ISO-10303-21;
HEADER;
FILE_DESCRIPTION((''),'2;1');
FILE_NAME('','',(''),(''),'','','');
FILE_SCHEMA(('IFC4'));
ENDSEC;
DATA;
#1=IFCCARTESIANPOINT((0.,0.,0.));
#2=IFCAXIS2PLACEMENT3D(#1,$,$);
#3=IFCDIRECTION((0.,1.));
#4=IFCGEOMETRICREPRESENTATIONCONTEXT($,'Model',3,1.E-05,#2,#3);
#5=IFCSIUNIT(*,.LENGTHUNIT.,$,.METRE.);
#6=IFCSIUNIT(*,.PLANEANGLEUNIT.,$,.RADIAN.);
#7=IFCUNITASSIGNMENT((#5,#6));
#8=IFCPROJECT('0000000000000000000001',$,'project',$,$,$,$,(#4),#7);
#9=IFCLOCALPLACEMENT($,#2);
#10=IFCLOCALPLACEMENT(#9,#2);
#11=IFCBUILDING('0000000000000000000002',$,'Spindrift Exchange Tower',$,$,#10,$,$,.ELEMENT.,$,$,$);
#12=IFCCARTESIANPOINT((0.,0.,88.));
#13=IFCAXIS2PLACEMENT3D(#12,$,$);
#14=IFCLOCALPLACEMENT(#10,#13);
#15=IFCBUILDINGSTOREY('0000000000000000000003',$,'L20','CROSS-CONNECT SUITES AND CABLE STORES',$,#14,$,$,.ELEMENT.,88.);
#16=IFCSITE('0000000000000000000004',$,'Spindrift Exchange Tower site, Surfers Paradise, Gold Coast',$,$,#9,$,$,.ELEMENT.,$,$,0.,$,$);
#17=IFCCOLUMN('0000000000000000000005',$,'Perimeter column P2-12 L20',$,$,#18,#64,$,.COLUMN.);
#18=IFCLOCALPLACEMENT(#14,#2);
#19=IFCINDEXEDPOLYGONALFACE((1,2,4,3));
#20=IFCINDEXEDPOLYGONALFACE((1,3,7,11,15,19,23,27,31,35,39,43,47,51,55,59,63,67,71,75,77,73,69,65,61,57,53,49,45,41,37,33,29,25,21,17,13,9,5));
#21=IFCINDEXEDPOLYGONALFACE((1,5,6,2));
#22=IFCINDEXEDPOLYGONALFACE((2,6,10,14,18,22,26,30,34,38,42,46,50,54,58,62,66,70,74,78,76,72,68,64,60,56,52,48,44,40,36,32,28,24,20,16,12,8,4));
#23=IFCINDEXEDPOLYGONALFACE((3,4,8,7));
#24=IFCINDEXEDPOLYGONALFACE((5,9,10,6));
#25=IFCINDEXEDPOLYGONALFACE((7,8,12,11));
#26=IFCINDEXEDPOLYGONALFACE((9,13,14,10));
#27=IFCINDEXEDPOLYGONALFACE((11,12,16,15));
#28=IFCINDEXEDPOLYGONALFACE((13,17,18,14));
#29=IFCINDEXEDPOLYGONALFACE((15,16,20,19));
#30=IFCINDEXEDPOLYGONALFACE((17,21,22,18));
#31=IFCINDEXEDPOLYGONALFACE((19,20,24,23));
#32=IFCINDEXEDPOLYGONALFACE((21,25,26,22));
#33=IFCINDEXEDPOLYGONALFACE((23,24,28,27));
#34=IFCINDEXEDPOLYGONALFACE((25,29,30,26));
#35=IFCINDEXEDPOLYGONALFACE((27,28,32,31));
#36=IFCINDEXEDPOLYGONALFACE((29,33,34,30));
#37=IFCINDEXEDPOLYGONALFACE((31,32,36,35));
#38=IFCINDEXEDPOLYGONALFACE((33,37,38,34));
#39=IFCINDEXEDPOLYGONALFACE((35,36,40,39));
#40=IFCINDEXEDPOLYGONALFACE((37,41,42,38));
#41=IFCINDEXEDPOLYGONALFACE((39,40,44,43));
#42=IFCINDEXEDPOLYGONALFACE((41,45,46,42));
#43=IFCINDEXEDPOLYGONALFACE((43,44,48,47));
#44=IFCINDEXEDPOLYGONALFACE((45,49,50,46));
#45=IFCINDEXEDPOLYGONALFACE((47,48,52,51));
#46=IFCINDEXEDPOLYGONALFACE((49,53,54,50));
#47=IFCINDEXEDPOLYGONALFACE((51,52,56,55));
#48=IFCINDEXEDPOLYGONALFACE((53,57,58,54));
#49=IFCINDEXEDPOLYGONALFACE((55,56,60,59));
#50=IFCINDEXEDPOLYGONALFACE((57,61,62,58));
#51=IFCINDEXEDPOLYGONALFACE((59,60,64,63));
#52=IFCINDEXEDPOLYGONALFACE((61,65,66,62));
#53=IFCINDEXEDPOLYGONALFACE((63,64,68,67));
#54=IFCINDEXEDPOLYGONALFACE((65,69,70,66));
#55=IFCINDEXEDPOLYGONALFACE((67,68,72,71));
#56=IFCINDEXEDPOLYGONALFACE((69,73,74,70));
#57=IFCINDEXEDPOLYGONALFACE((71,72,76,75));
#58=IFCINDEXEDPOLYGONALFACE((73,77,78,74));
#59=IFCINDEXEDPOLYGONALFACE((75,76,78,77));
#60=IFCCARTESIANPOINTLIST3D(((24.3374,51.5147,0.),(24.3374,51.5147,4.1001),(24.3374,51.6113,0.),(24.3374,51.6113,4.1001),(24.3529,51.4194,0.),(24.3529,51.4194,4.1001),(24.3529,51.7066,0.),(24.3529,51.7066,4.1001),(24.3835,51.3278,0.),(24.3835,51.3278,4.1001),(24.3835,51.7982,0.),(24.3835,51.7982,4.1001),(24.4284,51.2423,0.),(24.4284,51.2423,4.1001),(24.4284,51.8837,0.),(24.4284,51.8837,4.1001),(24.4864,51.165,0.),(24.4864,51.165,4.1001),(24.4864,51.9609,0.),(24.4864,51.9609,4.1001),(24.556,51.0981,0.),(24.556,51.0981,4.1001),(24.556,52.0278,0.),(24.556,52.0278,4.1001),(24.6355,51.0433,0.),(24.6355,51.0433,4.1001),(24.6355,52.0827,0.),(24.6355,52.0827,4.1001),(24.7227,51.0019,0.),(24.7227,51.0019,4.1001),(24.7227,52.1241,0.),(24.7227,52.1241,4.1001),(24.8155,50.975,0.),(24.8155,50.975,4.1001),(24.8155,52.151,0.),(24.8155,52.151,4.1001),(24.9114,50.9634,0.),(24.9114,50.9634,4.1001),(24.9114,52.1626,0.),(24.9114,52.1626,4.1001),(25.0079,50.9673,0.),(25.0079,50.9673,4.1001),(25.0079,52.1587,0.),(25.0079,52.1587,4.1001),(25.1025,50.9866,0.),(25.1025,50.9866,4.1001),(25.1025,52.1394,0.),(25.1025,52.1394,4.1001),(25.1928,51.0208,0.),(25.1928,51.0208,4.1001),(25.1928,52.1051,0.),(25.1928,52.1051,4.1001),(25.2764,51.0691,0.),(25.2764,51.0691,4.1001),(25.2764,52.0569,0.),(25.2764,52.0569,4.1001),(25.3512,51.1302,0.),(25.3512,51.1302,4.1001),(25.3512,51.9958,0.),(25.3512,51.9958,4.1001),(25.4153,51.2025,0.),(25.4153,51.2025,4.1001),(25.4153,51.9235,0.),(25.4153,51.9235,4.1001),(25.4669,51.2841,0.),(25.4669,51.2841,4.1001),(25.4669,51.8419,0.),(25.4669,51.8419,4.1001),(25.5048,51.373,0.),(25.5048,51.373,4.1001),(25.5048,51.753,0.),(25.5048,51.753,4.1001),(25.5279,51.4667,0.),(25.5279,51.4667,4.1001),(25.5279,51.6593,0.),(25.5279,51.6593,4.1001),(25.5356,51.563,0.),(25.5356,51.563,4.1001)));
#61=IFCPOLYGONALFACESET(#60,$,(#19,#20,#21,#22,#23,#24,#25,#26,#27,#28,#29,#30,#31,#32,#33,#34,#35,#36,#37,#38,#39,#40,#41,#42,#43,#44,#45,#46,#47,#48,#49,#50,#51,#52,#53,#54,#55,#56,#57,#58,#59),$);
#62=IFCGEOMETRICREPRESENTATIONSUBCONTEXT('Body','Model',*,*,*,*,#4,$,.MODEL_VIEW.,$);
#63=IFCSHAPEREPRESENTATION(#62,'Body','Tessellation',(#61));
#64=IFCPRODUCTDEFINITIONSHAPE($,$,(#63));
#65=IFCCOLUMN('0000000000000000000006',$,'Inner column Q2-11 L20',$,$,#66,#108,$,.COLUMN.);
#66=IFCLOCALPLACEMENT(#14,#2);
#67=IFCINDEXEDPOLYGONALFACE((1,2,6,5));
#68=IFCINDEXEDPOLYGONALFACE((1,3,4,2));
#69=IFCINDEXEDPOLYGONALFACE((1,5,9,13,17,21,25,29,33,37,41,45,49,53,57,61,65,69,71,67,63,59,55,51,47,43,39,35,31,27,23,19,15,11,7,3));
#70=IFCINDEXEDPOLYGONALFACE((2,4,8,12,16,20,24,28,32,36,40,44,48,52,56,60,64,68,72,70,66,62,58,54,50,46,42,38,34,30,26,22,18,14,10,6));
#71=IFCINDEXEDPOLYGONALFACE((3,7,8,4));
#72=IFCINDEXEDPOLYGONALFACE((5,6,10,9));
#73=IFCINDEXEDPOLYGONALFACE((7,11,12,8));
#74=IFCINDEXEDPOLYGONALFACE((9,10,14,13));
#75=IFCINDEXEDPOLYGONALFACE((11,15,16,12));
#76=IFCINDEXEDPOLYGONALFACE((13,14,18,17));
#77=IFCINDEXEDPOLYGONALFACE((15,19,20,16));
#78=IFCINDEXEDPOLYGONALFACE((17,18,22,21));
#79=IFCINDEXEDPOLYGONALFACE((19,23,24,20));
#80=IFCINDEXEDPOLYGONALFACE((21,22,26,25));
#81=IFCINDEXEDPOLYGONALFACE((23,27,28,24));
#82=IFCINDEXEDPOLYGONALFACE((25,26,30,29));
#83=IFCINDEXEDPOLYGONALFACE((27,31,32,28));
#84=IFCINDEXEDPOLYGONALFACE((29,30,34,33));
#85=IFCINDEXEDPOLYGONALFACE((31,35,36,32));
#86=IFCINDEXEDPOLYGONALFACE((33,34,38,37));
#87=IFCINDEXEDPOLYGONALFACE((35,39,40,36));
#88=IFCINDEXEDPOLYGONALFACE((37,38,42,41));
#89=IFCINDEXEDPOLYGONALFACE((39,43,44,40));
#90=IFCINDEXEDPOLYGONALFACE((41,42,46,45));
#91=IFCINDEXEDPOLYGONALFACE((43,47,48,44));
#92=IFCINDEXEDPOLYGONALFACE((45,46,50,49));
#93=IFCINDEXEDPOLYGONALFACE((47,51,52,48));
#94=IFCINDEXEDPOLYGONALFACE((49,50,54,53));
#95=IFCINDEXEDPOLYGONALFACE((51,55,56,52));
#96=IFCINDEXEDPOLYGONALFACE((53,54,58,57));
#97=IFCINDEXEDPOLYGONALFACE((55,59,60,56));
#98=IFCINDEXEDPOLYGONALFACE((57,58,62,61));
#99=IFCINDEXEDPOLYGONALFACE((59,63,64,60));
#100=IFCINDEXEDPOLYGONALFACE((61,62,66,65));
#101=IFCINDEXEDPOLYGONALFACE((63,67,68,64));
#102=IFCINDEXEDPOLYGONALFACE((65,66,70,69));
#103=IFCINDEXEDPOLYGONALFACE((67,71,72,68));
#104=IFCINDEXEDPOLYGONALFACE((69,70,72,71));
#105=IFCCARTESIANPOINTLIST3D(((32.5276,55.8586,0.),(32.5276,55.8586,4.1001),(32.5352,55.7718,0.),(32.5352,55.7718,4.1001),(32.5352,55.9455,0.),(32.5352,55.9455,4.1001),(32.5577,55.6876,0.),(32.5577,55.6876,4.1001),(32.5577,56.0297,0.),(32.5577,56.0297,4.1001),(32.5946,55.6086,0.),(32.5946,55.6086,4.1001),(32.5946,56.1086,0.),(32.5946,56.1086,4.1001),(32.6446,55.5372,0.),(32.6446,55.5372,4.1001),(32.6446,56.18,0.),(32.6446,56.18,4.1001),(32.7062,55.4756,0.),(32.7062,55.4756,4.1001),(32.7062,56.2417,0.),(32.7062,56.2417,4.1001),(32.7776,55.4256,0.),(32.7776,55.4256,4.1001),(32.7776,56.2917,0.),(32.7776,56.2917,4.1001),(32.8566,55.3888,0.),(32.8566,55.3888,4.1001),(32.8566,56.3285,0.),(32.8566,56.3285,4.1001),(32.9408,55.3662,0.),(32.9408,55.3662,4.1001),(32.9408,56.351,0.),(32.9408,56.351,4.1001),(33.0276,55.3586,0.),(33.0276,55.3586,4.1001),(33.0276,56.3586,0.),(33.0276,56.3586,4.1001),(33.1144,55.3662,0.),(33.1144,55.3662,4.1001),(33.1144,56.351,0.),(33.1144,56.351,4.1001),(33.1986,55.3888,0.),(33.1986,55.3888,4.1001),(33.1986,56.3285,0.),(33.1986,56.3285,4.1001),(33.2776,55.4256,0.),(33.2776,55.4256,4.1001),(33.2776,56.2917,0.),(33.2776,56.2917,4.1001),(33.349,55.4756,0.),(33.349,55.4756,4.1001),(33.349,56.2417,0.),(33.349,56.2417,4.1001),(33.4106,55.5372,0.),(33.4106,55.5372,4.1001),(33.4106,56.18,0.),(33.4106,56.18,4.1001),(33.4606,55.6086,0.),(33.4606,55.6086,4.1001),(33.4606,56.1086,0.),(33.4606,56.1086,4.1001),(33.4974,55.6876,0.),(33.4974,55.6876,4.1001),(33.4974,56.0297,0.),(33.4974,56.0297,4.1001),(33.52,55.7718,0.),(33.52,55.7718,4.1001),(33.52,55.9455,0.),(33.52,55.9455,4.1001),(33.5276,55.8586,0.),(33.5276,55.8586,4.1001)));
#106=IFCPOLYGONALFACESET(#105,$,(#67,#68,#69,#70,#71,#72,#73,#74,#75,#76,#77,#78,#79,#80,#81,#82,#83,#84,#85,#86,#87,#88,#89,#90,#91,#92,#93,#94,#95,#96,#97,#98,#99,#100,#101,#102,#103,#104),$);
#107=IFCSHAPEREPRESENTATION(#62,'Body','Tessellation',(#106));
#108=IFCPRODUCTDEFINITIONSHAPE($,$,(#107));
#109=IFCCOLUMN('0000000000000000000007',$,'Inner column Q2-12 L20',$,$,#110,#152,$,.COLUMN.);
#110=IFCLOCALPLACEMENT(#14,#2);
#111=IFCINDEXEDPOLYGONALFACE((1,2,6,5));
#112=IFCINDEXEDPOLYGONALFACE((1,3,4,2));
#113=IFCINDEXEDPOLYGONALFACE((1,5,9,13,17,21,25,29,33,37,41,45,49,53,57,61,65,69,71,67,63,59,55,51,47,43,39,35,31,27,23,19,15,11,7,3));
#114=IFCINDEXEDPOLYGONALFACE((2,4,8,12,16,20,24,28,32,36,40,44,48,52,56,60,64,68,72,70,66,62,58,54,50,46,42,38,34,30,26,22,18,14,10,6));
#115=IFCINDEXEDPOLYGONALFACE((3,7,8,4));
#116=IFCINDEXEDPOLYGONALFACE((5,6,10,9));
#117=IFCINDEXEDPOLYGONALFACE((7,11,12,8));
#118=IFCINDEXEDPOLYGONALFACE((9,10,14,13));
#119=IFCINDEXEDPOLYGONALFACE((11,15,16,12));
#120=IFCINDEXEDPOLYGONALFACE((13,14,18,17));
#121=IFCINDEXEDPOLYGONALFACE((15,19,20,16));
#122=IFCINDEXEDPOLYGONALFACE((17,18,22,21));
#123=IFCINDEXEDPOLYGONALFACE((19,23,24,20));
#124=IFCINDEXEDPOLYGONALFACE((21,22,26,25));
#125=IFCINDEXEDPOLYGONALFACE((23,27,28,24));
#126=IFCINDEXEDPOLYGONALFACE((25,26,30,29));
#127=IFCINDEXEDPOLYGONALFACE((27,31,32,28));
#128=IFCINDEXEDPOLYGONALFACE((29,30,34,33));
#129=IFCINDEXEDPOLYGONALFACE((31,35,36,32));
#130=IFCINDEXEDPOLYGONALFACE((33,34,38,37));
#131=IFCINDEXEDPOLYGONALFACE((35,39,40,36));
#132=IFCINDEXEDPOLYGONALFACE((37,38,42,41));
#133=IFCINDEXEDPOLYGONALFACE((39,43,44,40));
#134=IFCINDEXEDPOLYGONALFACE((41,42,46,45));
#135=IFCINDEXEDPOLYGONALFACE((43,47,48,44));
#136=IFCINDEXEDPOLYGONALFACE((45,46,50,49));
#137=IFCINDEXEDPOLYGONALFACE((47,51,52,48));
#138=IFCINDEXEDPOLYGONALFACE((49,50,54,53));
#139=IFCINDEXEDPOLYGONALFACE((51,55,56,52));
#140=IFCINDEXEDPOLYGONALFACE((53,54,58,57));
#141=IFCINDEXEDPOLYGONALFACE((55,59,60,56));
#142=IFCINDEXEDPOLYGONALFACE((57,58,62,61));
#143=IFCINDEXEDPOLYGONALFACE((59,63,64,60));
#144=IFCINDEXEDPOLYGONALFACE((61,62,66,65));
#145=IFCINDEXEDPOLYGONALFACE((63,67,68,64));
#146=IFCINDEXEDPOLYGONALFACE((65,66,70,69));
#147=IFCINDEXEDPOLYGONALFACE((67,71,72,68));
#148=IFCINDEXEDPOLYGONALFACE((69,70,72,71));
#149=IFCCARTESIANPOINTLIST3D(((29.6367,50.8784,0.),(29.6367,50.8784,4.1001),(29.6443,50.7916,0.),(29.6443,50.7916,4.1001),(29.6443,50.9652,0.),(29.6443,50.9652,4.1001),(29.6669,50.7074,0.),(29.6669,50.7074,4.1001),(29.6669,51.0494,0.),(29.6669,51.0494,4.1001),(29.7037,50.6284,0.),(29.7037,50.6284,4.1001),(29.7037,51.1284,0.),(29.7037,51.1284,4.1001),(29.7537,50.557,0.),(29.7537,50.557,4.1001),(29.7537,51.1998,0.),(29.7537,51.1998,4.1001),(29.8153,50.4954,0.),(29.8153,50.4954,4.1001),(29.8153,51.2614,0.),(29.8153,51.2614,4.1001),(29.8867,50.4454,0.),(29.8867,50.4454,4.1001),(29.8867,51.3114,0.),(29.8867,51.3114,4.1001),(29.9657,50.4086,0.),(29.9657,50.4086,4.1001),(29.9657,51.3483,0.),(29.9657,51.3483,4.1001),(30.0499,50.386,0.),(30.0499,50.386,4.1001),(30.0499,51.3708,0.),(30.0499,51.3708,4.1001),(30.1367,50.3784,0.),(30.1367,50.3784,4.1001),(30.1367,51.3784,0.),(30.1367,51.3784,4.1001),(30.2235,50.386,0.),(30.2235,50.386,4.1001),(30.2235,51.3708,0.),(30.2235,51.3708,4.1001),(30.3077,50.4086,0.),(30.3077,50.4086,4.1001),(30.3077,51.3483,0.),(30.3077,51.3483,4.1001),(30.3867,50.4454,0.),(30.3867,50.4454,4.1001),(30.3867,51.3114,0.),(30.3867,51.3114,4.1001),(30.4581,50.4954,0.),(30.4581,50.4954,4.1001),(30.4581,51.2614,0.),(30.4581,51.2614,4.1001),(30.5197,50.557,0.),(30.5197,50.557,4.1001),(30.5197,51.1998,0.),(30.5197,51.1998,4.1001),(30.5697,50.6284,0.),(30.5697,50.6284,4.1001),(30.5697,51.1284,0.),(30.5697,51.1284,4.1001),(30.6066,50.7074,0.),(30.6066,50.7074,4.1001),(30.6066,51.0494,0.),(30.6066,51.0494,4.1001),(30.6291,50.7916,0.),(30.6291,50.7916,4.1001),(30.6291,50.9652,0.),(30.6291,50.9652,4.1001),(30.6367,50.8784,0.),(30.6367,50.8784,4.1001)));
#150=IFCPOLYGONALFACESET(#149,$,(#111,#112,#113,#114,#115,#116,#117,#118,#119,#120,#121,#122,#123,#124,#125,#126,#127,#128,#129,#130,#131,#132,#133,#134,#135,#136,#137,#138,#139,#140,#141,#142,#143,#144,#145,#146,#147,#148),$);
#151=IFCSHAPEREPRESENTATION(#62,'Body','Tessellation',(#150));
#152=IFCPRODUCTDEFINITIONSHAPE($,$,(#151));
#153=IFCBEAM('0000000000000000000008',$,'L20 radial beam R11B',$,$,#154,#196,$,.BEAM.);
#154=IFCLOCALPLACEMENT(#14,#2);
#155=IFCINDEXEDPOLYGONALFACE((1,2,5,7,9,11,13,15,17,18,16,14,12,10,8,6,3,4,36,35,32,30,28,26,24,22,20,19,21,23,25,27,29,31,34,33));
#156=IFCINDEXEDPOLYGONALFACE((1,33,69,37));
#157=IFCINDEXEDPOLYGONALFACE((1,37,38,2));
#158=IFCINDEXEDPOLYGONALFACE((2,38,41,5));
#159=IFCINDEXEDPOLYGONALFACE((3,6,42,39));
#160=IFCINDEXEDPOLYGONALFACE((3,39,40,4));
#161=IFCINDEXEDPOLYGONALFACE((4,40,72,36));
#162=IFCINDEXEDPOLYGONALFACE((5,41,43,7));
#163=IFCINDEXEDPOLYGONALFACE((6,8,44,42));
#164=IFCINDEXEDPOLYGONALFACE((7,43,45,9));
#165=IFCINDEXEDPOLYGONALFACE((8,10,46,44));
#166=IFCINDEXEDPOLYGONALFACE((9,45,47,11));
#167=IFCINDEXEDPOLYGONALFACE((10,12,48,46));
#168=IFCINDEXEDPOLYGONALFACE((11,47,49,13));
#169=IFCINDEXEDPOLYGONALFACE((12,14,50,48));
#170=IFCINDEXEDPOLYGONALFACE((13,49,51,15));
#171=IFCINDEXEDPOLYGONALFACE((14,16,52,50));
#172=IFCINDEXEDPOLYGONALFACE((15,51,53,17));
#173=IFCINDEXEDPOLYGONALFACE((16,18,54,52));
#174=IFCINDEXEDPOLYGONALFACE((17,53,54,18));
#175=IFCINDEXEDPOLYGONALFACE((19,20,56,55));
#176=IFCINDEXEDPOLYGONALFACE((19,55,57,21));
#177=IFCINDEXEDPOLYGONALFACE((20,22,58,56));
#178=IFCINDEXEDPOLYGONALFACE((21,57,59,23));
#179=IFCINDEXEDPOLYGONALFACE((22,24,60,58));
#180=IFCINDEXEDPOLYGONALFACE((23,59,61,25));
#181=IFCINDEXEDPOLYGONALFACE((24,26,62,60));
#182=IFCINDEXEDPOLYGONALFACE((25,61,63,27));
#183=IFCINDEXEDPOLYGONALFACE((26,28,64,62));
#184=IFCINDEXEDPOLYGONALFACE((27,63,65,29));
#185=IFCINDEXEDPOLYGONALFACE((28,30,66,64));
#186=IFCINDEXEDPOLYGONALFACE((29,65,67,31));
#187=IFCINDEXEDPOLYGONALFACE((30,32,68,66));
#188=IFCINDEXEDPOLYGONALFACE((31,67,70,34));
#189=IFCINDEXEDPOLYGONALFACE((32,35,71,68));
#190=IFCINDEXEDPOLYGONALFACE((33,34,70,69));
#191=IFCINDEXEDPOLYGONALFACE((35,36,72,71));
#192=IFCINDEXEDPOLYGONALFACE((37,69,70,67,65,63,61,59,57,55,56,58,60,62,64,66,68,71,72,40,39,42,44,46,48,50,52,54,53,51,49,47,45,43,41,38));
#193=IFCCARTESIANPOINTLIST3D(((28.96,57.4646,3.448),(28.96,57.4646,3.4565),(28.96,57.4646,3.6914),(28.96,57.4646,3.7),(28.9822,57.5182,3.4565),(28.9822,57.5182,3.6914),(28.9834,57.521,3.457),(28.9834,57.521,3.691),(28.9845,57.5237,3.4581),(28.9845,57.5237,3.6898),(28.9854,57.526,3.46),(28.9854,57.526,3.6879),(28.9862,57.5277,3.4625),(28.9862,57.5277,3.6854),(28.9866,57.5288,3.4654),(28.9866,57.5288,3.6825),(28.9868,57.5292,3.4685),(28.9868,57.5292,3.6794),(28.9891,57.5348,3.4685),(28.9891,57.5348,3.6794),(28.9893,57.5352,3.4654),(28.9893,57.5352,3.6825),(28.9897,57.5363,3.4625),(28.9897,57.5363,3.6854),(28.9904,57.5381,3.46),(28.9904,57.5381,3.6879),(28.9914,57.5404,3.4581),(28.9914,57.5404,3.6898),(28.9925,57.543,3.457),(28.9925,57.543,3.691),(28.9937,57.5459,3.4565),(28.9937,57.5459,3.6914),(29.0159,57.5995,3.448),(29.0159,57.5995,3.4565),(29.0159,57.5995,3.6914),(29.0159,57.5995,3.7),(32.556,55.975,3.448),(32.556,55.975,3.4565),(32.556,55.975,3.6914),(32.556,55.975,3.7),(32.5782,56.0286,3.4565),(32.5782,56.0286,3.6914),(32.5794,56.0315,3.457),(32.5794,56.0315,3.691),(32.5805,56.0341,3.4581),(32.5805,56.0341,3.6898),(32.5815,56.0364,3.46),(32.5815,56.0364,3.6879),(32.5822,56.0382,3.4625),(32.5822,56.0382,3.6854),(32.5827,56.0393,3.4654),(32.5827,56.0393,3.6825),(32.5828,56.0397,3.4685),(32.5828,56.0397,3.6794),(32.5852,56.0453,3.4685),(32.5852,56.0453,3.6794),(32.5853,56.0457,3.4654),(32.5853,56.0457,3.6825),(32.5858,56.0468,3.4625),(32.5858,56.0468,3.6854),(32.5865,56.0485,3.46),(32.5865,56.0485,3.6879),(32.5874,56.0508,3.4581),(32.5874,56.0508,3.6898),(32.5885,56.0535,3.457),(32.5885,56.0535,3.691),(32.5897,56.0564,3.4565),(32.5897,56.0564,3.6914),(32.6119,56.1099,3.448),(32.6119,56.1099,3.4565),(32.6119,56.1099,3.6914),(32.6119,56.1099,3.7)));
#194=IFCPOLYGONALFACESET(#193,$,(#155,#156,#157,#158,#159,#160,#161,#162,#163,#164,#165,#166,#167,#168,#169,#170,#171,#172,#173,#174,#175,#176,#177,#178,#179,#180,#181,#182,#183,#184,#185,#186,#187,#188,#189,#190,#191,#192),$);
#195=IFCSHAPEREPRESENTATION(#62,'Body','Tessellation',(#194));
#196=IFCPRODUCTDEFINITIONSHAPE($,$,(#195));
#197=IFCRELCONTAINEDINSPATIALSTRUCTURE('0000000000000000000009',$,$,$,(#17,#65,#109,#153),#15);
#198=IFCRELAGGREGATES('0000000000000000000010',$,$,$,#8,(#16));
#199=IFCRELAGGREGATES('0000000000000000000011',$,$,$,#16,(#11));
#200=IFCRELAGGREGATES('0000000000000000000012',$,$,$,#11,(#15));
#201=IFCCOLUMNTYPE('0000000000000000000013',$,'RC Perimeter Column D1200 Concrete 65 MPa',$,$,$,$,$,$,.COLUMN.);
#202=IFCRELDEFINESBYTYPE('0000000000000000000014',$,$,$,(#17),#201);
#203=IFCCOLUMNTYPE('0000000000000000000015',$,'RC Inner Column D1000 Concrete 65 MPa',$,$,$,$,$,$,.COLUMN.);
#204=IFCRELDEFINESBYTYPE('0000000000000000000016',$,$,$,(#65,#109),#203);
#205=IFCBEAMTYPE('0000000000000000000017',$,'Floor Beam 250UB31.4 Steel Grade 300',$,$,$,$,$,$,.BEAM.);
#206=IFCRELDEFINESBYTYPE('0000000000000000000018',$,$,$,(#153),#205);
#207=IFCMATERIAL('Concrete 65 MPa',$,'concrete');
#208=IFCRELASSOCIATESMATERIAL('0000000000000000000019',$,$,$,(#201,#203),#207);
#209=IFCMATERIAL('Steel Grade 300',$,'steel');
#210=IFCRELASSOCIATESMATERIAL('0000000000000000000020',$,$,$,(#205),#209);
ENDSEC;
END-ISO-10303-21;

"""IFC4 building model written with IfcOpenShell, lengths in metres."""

from ifc_helpers import new_model, si_unit, direction, frame, origin, origin_2d, place, context, subcontext, project, spatial, circle, i_section, extrude, source, transform, mapped, material, material_profile, profile_set, type_object, element, save


model = new_model("IFC4")

# Units and contexts
model_context = context("Model", 3, precision=1e-05, world=origin(), true_north=direction((0.0, 1.0)))
body_context = subcontext(model_context, "Body", "Model", "MODEL_VIEW")
ifc_project = project(units=[si_unit("LENGTHUNIT", "METRE"), si_unit("PLANEANGLEUNIT", "RADIAN")], contexts=[model_context])

# Site, building, storey
site_placement = place(None, origin())
site = spatial("IfcSite", under=ifc_project, at=site_placement, Name="Spindrift Exchange Tower site, Surfers Paradise, Gold Coast", CompositionType="ELEMENT", RefElevation=0.0)
building_placement = place(site_placement, origin())
building = spatial("IfcBuilding", under=site, at=building_placement, Name="Spindrift Exchange Tower", CompositionType="ELEMENT")
storey_placement = place(building_placement, frame((0.0, 0.0, 88.0)))
storey = spatial("IfcBuildingStorey", under=building, at=storey_placement, Name="L20", Description="CROSS-CONNECT SUITES AND CABLE STORES", CompositionType="ELEMENT", Elevation=88.0)

# Columns
ifc_material_1 = material(Name="Concrete 65 MPa", Category="concrete")
ifc_material_profile_1 = material_profile(ifc_material_1, circle(Radius=0.6001, at=origin_2d()), Name="RC D1200")
ifc_profile_set_1 = profile_set([ifc_material_profile_1], Name="Concrete 65 MPa")
column_type_1 = type_object("IfcColumnType", Name="RC Perimeter Column D1200 Concrete 65 MPa", PredefinedType="COLUMN", material=ifc_profile_set_1)
shared_shape_1 = source(origin(), body_context, "Body", "SweptSolid", [
    extrude(circle(Radius=0.6001, at=origin_2d()), origin(), (0.0, 0.0, 1.0), 4.1001),
])
column_placement = place(storey_placement, frame((24.9355, 51.563, 0.0), z_axis=(0.0, 0.0, 1.0), x_axis=(1.0, 0.0, 0.0)))
element("IfcColumn", 1, at=column_placement, inside=storey, type_object=column_type_1, Name="Perimeter column P2-12 L20", PredefinedType="COLUMN", context=body_context, shape_type="MappedRepresentation", body=[
    mapped(shared_shape_1, transform((0.0, 0.0, 0.0), scale=1.0)),
])
ifc_material_profile_2 = material_profile(ifc_material_1, circle(Radius=0.5, at=origin_2d()), Name="RC D1000")
ifc_profile_set_2 = profile_set([ifc_material_profile_2], Name="Concrete 65 MPa")
column_type_2 = type_object("IfcColumnType", Name="RC Inner Column D1000 Concrete 65 MPa", PredefinedType="COLUMN", material=ifc_profile_set_2)
shared_shape_2 = source(origin(), body_context, "Body", "SweptSolid", [
    extrude(circle(Radius=0.5, at=origin_2d()), origin(), (0.0, 0.0, 1.0), 4.1001),
])
for number, where, z_axis, x_axis, name in (
    (2, (33.0276, 55.8586, 0.0), (0.0, 0.0, 1.0), (1.0, 0.0, 0.0), "Inner column Q2-11 L20"),
    (3, (30.1367, 50.8784, 0.0), (0.0, 0.0, 1.0), (1.0, 0.0, 0.0), "Inner column Q2-12 L20"),
):
    element("IfcColumn", number, at=place(storey_placement, frame(where, z_axis=z_axis, x_axis=x_axis)), inside=storey, type_object=column_type_2, Name=name, PredefinedType="COLUMN", context=body_context, shape_type="MappedRepresentation", body=[
        mapped(shared_shape_2, transform((0.0, 0.0, 0.0), scale=1.0)),
    ])

# Beam
ifc_material_2 = material(Name="Steel Grade 300", Category="steel")
ifc_material_profile_3 = material_profile(ifc_material_2, i_section(OverallWidth=0.146, OverallDepth=0.252, WebThickness=0.0061, FlangeThickness=0.0085, FilletRadius=0.012, at=origin_2d()), Name="250UB31.4")
ifc_profile_set_3 = profile_set([ifc_material_profile_3], Name="Steel Grade 300")
beam_type_1 = type_object("IfcBeamType", Name="Floor Beam 250UB31.4 Steel Grade 300", PredefinedType="BEAM", material=ifc_profile_set_3)
shared_shape_3 = source(origin(), body_context, "Body", "SweptSolid", [
    extrude(i_section(OverallWidth=0.146, OverallDepth=0.252, WebThickness=0.0061, FlangeThickness=0.0085, FilletRadius=0.012, at=origin_2d()), origin(), (0.0, 0.0, 1.0), 3.8923),
])
beam_1_placement = place(storey_placement, frame((32.584, 56.0425, 3.574), z_axis=(-0.923878, 0.382686, 0.0), x_axis=(-0.382686, -0.923878, 0.0)))
element("IfcBeam", 4, at=beam_1_placement, inside=storey, type_object=beam_type_1, Name="L20 radial beam R11B", PredefinedType="BEAM", context=body_context, shape_type="MappedRepresentation", body=[
    mapped(shared_shape_3, transform((0.0, 0.0, 0.0), scale=1.0)),
])

save(model, "model.ifc")
